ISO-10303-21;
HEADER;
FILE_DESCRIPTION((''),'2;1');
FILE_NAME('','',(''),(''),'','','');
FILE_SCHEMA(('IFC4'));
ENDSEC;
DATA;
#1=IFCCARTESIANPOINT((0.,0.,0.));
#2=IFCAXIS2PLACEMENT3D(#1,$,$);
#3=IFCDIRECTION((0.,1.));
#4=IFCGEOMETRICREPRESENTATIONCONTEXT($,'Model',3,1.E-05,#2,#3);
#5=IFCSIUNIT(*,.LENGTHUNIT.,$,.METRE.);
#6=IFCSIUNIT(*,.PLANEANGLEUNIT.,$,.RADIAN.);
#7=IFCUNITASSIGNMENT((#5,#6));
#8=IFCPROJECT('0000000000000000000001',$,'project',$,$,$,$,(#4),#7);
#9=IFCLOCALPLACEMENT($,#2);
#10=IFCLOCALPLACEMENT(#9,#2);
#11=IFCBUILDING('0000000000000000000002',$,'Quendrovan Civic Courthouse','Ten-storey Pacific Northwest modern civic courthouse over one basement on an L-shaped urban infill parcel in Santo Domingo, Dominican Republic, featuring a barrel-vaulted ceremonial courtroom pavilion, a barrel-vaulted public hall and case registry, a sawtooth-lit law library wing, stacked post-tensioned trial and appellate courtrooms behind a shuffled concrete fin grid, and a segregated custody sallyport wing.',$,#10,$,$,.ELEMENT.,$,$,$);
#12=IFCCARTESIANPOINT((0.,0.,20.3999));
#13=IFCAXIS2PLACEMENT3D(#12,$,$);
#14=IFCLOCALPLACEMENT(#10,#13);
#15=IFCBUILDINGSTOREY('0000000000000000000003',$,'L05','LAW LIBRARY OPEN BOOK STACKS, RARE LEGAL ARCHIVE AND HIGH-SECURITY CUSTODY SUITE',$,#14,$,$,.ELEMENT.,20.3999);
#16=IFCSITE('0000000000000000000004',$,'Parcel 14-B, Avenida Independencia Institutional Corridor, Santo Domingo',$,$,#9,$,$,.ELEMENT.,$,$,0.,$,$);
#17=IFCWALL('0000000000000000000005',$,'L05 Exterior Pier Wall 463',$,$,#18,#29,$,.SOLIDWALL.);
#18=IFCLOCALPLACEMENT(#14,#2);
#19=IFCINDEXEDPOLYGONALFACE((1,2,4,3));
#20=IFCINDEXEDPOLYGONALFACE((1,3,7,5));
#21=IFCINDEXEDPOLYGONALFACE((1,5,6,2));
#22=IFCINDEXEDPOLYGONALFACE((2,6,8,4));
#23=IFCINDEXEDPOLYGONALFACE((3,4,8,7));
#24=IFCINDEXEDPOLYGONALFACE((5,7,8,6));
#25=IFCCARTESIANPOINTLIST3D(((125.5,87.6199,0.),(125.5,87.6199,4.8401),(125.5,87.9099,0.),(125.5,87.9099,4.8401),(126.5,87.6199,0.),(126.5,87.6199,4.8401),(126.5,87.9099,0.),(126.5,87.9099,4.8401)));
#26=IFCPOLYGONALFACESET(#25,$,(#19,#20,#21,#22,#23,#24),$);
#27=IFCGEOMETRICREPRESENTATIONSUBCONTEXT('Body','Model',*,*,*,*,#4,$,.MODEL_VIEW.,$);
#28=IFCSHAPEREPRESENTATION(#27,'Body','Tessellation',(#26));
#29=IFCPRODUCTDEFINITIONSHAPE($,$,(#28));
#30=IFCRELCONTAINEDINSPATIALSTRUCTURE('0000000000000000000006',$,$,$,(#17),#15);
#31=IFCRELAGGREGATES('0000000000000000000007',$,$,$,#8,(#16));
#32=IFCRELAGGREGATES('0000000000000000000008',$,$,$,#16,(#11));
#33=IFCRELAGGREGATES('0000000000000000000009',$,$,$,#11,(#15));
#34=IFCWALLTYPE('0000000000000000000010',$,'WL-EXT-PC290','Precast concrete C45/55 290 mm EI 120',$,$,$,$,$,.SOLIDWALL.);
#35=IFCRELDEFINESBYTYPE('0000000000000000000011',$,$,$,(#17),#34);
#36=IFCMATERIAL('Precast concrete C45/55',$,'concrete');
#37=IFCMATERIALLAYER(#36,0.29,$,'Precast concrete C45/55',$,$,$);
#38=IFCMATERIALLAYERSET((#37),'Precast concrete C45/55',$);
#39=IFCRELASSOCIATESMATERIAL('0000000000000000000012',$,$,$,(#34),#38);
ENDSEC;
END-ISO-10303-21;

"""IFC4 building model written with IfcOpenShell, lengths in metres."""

from ifc_helpers import new_model, si_unit, direction, frame, frame_2d, origin, place, context, subcontext, project, spatial, rectangle, extrude, material, layer, layer_set, type_object, element, save


model = new_model("IFC4")

# Units and contexts
model_context = context("Model", 3, precision=1e-05, world=origin(), true_north=direction((0.0, 1.0)))
body_context = subcontext(model_context, "Body", "Model", "MODEL_VIEW")
ifc_project = project(units=[si_unit("LENGTHUNIT", "METRE"), si_unit("PLANEANGLEUNIT", "RADIAN")], contexts=[model_context])

# Site, building, storey
site_placement = place(None, origin())
site = spatial("IfcSite", under=ifc_project, at=site_placement, Name="Parcel 14-B, Avenida Independencia Institutional Corridor, Santo Domingo", CompositionType="ELEMENT", RefElevation=0.0)
building_placement = place(site_placement, origin())
building = spatial("IfcBuilding", under=site, at=building_placement, Name="Quendrovan Civic Courthouse", Description="Ten-storey Pacific Northwest modern civic courthouse over one basement on an L-shaped urban infill parcel in Santo Domingo, Dominican Republic, featuring a barrel-vaulted ceremonial courtroom pavilion, a barrel-vaulted public hall and case registry, a sawtooth-lit law library wing, stacked post-tensioned trial and appellate courtrooms behind a shuffled concrete fin grid, and a segregated custody sallyport wing.", CompositionType="ELEMENT")
storey_placement = place(building_placement, frame((0.0, 0.0, 20.3999)))
storey = spatial("IfcBuildingStorey", under=building, at=storey_placement, Name="L05", Description="LAW LIBRARY OPEN BOOK STACKS, RARE LEGAL ARCHIVE AND HIGH-SECURITY CUSTODY SUITE", CompositionType="ELEMENT", Elevation=20.3999)

# Wall
ifc_material_1 = material(Name="Precast concrete C45/55", Category="concrete")
ifc_layer_1 = layer(ifc_material_1, 0.29, Name="Precast concrete C45/55")
ifc_layer_set_1 = layer_set([ifc_layer_1], Name="Precast concrete C45/55")
wall_type = type_object("IfcWallType", Name="WL-EXT-PC290", Description="Precast concrete C45/55 290 mm EI 120", PredefinedType="SOLIDWALL", material=ifc_layer_set_1)
wall_placement = place(storey_placement, frame((126.5, 87.7649, 0.0), z_axis=(0.0, 0.0, 1.0), x_axis=(-1.0, 0.0, 0.0)))
element("IfcWall", 1, at=wall_placement, inside=storey, type_object=wall_type, Name="L05 Exterior Pier Wall 463", PredefinedType="SOLIDWALL", context=body_context, shape_type="SweptSolid", body=[
    extrude(rectangle(XDim=1.0, YDim=0.29, at=frame_2d((0.5, 0.0))), origin(), (0.0, 0.0, 1.0), 4.8401),
])

save(model, "model.ifc")
